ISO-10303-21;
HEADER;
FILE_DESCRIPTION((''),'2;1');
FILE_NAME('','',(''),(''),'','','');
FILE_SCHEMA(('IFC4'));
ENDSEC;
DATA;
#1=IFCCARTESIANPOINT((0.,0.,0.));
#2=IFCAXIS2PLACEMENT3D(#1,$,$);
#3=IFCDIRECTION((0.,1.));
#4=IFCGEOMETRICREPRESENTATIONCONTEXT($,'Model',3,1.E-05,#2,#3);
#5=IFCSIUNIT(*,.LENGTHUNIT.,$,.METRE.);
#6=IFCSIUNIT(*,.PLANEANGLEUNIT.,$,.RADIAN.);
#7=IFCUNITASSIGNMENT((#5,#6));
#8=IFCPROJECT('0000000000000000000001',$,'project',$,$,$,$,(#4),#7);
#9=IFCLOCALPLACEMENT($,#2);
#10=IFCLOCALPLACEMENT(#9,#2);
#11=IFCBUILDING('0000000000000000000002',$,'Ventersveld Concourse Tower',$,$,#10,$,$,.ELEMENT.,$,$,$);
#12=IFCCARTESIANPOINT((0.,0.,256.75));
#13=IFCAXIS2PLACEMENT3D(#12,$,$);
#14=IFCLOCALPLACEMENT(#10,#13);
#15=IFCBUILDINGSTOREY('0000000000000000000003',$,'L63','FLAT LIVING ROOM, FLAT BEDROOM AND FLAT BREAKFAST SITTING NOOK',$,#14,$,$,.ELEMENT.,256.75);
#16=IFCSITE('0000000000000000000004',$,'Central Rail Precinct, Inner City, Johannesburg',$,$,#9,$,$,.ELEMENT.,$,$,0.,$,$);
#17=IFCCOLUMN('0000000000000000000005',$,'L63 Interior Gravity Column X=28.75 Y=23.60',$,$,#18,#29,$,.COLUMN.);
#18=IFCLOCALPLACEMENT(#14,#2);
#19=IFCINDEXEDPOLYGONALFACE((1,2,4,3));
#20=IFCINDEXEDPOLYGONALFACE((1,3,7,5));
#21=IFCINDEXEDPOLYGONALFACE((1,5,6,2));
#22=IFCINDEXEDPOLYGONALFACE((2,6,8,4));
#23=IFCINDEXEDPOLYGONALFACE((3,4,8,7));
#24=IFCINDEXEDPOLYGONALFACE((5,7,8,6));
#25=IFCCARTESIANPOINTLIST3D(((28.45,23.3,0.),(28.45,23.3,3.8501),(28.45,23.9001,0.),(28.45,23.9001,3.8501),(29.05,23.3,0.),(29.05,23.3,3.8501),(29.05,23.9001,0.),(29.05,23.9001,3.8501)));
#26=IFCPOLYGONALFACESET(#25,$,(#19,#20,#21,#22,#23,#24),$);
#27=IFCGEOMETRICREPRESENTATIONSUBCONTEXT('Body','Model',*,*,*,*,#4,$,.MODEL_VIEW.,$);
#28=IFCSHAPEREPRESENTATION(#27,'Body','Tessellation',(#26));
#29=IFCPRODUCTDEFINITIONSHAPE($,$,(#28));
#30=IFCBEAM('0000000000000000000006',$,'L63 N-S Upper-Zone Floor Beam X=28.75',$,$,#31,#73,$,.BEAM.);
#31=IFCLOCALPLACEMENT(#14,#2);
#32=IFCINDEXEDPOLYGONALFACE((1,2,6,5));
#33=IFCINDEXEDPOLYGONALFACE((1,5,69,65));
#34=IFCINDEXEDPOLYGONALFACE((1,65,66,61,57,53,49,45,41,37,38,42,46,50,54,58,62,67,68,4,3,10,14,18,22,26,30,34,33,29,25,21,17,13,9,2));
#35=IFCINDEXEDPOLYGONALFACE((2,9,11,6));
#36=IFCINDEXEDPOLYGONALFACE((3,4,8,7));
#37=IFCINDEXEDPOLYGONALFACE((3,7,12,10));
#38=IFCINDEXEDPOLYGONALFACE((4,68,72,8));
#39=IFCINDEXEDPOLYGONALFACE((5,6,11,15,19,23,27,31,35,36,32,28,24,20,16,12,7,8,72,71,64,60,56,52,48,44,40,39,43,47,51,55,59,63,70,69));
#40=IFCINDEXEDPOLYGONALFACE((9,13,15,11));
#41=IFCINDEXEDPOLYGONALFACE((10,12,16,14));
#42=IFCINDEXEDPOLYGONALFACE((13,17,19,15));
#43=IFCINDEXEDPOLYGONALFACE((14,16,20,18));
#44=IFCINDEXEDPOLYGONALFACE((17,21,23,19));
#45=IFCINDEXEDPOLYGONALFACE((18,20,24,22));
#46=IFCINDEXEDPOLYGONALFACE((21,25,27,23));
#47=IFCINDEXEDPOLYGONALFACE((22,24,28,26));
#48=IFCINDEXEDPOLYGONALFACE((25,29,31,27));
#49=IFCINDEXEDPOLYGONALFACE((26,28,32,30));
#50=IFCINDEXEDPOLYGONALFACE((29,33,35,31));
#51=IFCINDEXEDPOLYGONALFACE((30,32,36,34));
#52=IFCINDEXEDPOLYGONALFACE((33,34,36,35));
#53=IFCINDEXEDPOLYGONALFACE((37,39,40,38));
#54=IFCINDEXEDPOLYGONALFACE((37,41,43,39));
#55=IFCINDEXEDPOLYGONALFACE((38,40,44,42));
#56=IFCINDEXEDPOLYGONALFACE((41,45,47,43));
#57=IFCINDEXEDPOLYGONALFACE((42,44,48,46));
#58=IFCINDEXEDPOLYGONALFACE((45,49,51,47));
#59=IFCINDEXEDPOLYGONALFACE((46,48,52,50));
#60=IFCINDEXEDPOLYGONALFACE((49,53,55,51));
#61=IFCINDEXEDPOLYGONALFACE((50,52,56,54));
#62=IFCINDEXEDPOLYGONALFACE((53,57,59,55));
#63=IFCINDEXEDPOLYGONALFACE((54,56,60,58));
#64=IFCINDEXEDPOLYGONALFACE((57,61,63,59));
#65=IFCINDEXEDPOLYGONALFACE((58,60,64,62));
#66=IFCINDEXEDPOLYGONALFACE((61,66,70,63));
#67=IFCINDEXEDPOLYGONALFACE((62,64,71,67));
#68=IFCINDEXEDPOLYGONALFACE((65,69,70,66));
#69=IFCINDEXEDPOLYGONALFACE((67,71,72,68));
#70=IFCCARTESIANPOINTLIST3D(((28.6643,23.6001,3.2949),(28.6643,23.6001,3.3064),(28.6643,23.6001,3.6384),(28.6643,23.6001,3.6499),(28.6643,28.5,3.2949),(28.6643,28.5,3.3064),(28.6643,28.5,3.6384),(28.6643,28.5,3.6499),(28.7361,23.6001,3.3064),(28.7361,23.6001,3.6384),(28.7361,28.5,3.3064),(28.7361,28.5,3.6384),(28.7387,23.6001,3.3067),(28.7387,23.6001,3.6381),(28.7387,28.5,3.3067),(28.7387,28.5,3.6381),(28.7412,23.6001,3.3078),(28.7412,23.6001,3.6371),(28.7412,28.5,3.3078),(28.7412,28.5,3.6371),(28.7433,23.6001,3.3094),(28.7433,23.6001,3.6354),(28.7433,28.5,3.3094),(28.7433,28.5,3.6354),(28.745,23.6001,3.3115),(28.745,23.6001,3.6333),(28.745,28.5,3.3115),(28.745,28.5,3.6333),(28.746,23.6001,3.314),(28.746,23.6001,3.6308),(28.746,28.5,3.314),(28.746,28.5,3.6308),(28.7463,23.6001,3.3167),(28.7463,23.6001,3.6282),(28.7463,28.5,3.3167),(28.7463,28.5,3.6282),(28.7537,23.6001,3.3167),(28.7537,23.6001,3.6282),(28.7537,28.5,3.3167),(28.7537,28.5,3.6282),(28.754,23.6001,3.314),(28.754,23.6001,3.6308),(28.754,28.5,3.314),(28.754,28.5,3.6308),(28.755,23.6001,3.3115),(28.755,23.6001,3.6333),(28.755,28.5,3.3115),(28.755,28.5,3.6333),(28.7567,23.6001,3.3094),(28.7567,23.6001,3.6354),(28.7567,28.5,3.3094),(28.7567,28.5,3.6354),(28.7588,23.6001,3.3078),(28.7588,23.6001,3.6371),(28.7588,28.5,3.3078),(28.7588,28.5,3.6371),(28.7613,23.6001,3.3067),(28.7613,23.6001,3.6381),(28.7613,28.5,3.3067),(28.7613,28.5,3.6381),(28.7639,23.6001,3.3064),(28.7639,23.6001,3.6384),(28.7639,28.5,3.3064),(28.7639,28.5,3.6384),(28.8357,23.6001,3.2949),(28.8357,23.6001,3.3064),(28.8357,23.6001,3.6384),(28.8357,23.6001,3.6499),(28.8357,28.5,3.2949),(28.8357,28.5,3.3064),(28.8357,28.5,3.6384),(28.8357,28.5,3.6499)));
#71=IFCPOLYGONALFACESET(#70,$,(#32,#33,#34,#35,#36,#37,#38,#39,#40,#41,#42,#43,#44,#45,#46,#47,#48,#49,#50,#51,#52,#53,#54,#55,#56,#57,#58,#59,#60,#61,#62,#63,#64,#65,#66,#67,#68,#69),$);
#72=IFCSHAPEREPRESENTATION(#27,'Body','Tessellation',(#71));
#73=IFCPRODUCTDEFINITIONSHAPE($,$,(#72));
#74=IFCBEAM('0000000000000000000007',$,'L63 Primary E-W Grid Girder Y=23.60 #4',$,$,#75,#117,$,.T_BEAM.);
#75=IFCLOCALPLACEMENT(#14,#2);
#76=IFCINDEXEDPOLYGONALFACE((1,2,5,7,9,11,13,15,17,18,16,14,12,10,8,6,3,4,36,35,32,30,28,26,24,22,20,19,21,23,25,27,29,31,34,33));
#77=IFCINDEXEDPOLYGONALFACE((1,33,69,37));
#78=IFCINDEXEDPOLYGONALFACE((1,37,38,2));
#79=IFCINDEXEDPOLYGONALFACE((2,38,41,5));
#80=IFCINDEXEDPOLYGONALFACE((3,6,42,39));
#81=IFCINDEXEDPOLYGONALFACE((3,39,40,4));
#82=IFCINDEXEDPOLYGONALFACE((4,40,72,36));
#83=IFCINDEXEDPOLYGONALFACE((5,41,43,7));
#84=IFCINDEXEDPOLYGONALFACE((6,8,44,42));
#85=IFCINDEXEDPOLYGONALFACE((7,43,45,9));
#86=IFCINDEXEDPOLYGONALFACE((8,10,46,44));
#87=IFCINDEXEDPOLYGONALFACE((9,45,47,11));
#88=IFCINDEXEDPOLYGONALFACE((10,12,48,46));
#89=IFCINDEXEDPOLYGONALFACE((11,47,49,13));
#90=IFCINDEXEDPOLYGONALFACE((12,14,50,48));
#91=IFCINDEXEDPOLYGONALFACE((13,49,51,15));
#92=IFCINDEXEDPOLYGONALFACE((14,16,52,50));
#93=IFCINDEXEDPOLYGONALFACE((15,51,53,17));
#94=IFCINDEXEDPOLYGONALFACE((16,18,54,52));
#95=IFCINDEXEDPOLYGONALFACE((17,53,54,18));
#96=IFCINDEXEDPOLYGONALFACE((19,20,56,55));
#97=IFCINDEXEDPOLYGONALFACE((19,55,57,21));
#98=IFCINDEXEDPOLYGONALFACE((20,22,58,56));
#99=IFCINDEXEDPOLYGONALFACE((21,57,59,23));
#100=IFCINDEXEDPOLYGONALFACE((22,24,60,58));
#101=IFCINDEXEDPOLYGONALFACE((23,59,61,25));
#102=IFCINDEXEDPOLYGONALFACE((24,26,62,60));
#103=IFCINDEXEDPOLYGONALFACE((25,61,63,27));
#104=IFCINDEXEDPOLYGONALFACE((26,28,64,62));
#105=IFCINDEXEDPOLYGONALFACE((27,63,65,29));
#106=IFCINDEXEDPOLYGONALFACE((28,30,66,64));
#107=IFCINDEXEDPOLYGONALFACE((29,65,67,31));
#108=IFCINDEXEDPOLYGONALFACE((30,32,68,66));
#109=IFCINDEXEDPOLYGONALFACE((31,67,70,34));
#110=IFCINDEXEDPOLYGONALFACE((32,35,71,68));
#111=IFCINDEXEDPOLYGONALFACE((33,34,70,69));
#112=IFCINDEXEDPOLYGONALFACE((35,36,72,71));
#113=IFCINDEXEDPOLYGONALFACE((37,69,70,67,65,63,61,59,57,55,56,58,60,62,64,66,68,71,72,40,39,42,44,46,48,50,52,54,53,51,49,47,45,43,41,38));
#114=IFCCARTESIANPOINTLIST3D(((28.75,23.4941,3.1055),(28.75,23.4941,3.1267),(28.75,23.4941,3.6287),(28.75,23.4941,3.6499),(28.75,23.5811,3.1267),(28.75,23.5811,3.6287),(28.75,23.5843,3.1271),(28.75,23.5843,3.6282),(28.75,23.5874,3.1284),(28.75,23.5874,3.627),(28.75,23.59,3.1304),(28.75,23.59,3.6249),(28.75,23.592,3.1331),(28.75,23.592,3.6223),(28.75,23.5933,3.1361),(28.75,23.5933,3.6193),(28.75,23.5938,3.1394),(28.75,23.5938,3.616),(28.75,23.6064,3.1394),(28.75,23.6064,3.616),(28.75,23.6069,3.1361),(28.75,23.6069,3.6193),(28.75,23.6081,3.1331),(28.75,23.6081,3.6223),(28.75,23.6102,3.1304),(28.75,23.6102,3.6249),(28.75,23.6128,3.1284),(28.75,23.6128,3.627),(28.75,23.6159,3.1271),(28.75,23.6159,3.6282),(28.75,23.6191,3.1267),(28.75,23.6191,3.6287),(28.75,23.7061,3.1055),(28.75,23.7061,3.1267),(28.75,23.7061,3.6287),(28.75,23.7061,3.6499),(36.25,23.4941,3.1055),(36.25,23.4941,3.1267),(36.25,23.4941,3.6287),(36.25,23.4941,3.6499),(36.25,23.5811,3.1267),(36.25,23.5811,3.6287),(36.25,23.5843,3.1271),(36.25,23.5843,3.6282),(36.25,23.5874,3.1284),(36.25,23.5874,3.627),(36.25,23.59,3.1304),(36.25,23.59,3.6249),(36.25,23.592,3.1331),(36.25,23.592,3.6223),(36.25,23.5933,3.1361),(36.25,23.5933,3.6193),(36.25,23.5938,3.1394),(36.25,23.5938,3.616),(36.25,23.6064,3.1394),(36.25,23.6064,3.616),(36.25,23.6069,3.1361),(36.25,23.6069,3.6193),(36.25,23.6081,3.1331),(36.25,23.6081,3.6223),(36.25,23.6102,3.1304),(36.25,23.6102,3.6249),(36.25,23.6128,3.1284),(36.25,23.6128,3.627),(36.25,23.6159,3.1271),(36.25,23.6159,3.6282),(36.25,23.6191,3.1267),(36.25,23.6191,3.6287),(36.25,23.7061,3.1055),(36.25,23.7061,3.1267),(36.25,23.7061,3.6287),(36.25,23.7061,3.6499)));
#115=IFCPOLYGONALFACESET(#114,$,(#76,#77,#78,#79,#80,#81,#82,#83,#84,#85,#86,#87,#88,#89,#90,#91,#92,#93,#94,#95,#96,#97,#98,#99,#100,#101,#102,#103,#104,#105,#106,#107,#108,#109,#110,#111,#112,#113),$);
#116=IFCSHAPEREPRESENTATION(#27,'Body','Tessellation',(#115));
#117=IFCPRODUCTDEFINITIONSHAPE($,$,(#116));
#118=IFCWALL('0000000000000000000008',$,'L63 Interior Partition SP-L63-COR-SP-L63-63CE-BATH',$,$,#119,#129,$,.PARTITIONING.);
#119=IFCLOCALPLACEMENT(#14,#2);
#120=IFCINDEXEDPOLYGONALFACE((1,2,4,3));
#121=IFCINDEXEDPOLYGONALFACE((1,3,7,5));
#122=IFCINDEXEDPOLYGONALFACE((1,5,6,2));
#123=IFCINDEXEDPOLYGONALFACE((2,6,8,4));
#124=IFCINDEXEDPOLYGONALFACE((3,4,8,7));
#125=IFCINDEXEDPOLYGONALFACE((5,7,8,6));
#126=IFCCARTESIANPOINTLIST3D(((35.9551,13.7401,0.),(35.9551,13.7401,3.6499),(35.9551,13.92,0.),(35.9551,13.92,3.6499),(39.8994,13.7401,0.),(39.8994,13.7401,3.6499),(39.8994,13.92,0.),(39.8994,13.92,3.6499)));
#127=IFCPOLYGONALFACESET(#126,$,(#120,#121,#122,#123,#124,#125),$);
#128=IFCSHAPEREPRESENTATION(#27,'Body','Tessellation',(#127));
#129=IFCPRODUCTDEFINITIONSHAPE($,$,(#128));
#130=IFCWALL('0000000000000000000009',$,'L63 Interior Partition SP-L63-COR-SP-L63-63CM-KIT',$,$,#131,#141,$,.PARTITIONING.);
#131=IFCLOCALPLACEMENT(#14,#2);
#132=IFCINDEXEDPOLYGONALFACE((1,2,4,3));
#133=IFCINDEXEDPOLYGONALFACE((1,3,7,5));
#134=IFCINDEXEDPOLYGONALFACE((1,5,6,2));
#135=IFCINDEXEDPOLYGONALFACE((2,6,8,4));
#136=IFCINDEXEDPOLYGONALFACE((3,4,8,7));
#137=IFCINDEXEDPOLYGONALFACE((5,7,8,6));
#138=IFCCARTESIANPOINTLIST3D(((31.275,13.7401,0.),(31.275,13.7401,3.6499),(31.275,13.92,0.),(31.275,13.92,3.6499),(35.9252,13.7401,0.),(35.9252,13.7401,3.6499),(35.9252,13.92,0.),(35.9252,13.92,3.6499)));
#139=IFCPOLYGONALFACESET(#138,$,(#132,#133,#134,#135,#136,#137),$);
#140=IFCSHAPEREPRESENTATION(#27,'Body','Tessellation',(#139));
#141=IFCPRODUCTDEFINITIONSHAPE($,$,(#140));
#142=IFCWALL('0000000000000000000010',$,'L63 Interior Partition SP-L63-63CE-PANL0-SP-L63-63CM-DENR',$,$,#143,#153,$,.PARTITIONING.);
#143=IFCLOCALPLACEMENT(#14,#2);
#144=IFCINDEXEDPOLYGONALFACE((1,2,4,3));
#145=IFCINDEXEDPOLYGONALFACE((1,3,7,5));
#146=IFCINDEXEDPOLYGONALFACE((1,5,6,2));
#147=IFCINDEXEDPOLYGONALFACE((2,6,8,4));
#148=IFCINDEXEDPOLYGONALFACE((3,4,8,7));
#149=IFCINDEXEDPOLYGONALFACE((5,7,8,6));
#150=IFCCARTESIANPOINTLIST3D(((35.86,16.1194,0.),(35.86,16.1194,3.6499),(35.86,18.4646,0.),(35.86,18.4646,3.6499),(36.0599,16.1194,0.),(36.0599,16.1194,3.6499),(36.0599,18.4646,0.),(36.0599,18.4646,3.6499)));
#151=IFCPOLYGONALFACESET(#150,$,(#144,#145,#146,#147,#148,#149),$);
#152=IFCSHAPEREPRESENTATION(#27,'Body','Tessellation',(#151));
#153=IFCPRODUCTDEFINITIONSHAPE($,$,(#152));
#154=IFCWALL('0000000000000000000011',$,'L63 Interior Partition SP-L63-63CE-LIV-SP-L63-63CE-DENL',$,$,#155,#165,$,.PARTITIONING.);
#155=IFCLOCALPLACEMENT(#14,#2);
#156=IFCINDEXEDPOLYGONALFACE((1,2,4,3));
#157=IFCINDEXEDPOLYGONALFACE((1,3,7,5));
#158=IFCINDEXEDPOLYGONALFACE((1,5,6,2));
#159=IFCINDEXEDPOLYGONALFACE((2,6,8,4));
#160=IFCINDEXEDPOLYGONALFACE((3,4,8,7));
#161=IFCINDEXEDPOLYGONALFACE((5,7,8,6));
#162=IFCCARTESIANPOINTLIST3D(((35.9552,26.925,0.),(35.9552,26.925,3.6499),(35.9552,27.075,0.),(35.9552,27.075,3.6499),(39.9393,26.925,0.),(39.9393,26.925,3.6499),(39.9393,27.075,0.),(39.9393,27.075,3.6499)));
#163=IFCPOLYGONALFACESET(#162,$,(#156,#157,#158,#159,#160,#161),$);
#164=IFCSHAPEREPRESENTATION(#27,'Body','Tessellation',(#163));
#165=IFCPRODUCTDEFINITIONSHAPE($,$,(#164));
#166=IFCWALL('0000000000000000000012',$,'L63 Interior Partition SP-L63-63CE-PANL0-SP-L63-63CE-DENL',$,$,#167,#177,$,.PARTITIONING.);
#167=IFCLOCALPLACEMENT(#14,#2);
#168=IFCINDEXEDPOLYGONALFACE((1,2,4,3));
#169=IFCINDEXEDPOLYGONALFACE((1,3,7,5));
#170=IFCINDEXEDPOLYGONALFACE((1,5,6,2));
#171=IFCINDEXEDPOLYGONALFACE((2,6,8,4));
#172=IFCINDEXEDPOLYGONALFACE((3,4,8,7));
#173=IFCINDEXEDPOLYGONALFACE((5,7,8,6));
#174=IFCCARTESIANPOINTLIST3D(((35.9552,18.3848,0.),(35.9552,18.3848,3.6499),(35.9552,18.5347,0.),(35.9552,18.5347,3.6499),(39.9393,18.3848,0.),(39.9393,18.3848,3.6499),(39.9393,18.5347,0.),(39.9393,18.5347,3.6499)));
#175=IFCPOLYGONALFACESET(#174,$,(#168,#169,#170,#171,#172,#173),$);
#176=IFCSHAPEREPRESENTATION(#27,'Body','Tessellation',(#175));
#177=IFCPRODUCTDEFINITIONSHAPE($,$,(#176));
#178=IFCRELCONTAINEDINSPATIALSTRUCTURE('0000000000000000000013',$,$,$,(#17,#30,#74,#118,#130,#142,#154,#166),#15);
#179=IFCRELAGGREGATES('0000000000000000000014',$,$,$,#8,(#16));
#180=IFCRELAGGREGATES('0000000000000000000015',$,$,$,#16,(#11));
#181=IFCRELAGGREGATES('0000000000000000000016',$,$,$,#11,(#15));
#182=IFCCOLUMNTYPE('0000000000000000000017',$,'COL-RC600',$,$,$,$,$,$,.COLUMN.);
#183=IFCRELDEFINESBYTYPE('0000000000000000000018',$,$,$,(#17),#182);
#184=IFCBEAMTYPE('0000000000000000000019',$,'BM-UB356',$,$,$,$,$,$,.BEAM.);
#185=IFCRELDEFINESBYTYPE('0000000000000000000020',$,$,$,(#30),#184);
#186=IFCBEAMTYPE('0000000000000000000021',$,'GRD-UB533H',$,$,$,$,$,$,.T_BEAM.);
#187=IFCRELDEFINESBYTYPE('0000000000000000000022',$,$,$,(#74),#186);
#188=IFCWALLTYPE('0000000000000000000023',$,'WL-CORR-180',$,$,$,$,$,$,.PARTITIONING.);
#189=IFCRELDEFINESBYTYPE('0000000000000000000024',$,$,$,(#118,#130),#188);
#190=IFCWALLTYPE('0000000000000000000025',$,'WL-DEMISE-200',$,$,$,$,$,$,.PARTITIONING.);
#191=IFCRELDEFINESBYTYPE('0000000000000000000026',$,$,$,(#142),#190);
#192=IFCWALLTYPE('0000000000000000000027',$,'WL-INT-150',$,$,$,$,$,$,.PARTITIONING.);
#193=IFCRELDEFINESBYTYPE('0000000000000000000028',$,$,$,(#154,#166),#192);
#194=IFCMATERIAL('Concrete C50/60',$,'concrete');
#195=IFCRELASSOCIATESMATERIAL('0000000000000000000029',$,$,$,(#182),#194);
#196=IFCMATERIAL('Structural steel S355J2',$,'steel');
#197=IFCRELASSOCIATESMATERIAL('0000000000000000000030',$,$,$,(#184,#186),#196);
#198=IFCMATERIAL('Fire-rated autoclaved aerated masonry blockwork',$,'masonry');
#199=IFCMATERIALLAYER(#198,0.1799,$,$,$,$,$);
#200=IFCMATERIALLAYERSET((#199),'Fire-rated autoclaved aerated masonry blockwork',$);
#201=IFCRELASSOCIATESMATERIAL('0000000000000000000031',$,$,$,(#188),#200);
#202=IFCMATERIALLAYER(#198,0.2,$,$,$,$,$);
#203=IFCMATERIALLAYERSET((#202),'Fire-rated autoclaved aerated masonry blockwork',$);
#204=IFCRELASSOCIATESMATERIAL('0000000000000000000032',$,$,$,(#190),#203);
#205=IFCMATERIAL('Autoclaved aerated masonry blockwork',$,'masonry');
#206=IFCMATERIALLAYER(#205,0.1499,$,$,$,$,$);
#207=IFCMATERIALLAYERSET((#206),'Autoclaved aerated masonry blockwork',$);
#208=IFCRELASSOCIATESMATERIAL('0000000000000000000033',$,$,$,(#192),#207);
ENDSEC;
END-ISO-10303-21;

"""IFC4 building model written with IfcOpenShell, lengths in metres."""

from ifc_helpers import new_model, si_unit, direction, frame, frame_2d, origin, origin_2d, place, context, subcontext, project, spatial, rectangle, i_section, extrude, material, layer, layer_set, material_profile, profile_set, type_object, element, save


model = new_model("IFC4")

# Units and contexts
model_context = context("Model", 3, precision=1e-05, world=origin(), true_north=direction((0.0, 1.0)))
body_context = subcontext(model_context, "Body", "Model", "MODEL_VIEW")
ifc_project = project(units=[si_unit("LENGTHUNIT", "METRE"), si_unit("PLANEANGLEUNIT", "RADIAN")], contexts=[model_context])

# Site, building, storey
site_placement = place(None, origin())
site = spatial("IfcSite", under=ifc_project, at=site_placement, Name="Central Rail Precinct, Inner City, Johannesburg", CompositionType="ELEMENT", RefElevation=0.0)
building_placement = place(site_placement, origin())
building = spatial("IfcBuilding", under=site, at=building_placement, Name="Ventersveld Concourse Tower", CompositionType="ELEMENT")
storey_placement = place(building_placement, frame((0.0, 0.0, 256.75)))
storey = spatial("IfcBuildingStorey", under=building, at=storey_placement, Name="L63", Description="FLAT LIVING ROOM, FLAT BEDROOM AND FLAT BREAKFAST SITTING NOOK", CompositionType="ELEMENT", Elevation=256.75)

# Column
ifc_material_1 = material(Name="Concrete C50/60", Category="concrete")
ifc_material_profile_1 = material_profile(ifc_material_1, rectangle(XDim=0.6001, YDim=0.6001, at=origin_2d()), Name="RC 600x600")
ifc_profile_set_1 = profile_set([ifc_material_profile_1], Name="Concrete C50/60")
column_type = type_object("IfcColumnType", Name="COL-RC600", PredefinedType="COLUMN", material=ifc_profile_set_1)
column_placement = place(storey_placement, frame((28.75, 23.6001, 0.0), z_axis=(0.0, 0.0, 1.0), x_axis=(1.0, 0.0, 0.0)))
element("IfcColumn", 1, at=column_placement, inside=storey, type_object=column_type, Name="L63 Interior Gravity Column X=28.75 Y=23.60", PredefinedType="COLUMN", context=body_context, shape_type="SweptSolid", body=[
    extrude(rectangle(XDim=0.6001, YDim=0.6001, at=origin_2d()), origin(), (0.0, 0.0, 1.0), 3.8501),
])

# Beams
ifc_material_2 = material(Name="Structural steel S355J2", Category="steel")
ifc_material_profile_2 = material_profile(ifc_material_2, i_section(OverallWidth=0.1714, OverallDepth=0.355, WebThickness=0.0073, FlangeThickness=0.0115, FilletRadius=0.0103, at=origin_2d()), Name="UB 356x171x51")
ifc_profile_set_2 = profile_set([ifc_material_profile_2], Name="Structural steel S355J2")
beam_type_1 = type_object("IfcBeamType", Name="BM-UB356", PredefinedType="BEAM", material=ifc_profile_set_2)
beam_1_placement = place(storey_placement, frame((28.75, 23.6001, 3.4724), z_axis=(0.0, 1.0, 0.0), x_axis=(-1.0, 0.0, 0.0)))
element("IfcBeam", 2, at=beam_1_placement, inside=storey, type_object=beam_type_1, Name="L63 N-S Upper-Zone Floor Beam X=28.75", PredefinedType="BEAM", context=body_context, shape_type="SweptSolid", body=[
    extrude(i_section(OverallWidth=0.1714, OverallDepth=0.355, WebThickness=0.0073, FlangeThickness=0.0115, FilletRadius=0.0103, at=origin_2d()), origin(), (0.0, 0.0, 1.0), 4.8999),
])
ifc_material_profile_3 = material_profile(ifc_material_2, i_section(OverallWidth=0.2119, OverallDepth=0.5444, WebThickness=0.0127, FlangeThickness=0.0212, FilletRadius=0.0127, at=origin_2d()), Name="UB 533x210x122")
ifc_profile_set_3 = profile_set([ifc_material_profile_3], Name="Structural steel S355J2")
beam_type_2 = type_object("IfcBeamType", Name="GRD-UB533H", PredefinedType="T_BEAM", material=ifc_profile_set_3)
beam_2_placement = place(storey_placement, frame((28.75, 23.6001, 3.3777), z_axis=(1.0, 0.0, 0.0), x_axis=(0.0, 1.0, 0.0)))
element("IfcBeam", 3, at=beam_2_placement, inside=storey, type_object=beam_type_2, Name="L63 Primary E-W Grid Girder Y=23.60 #4", PredefinedType="T_BEAM", context=body_context, shape_type="SweptSolid", body=[
    extrude(i_section(OverallWidth=0.2119, OverallDepth=0.5444, WebThickness=0.0127, FlangeThickness=0.0212, FilletRadius=0.0127, at=origin_2d()), origin(), (0.0, 0.0, 1.0), 7.5),
])

# Walls
ifc_material_3 = material(Name="Fire-rated autoclaved aerated masonry blockwork", Category="masonry")
ifc_layer_1 = layer(ifc_material_3, 0.1799)
ifc_layer_set_1 = layer_set([ifc_layer_1], Name="Fire-rated autoclaved aerated masonry blockwork")
wall_type_1 = type_object("IfcWallType", Name="WL-CORR-180", PredefinedType="PARTITIONING", material=ifc_layer_set_1)
wall_1_placement = place(storey_placement, frame((35.9551, 13.8301, 0.0), z_axis=(0.0, 0.0, 1.0), x_axis=(1.0, 0.0, 0.0)))
element("IfcWall", 4, at=wall_1_placement, inside=storey, type_object=wall_type_1, Name="L63 Interior Partition SP-L63-COR-SP-L63-63CE-BATH", PredefinedType="PARTITIONING", context=body_context, shape_type="SweptSolid", body=[
    extrude(rectangle(XDim=3.9443, YDim=0.1799, at=frame_2d((1.9722, 0.0))), origin(), (0.0, 0.0, 1.0), 3.6499),
])
wall_2_placement = place(storey_placement, frame((31.2749, 13.8301, 0.0), z_axis=(0.0, 0.0, 1.0), x_axis=(1.0, 0.0, 0.0)))
element("IfcWall", 5, at=wall_2_placement, inside=storey, type_object=wall_type_1, Name="L63 Interior Partition SP-L63-COR-SP-L63-63CM-KIT", PredefinedType="PARTITIONING", context=body_context, shape_type="SweptSolid", body=[
    extrude(rectangle(XDim=4.6501, YDim=0.1799, at=frame_2d((2.3252, 0.0))), origin(), (0.0, 0.0, 1.0), 3.6499),
])
ifc_layer_2 = layer(ifc_material_3, 0.2)
ifc_layer_set_2 = layer_set([ifc_layer_2], Name="Fire-rated autoclaved aerated masonry blockwork")
wall_type_2 = type_object("IfcWallType", Name="WL-DEMISE-200", PredefinedType="PARTITIONING", material=ifc_layer_set_2)
wall_3_placement = place(storey_placement, frame((35.96, 16.1194, 0.0), z_axis=(0.0, 0.0, 1.0), x_axis=(0.0, 1.0, 0.0)))
element("IfcWall", 6, at=wall_3_placement, inside=storey, type_object=wall_type_2, Name="L63 Interior Partition SP-L63-63CE-PANL0-SP-L63-63CM-DENR", PredefinedType="PARTITIONING", context=body_context, shape_type="SweptSolid", body=[
    extrude(rectangle(XDim=2.3452, YDim=0.2, at=frame_2d((1.1726, 0.0))), origin(), (0.0, 0.0, 1.0), 3.6499),
])
ifc_material_4 = material(Name="Autoclaved aerated masonry blockwork", Category="masonry")
ifc_layer_3 = layer(ifc_material_4, 0.1499)
ifc_layer_set_3 = layer_set([ifc_layer_3], Name="Autoclaved aerated masonry blockwork")
wall_type_3 = type_object("IfcWallType", Name="WL-INT-150", PredefinedType="PARTITIONING", material=ifc_layer_set_3)
for number, where, z_axis, x_axis, name in (
    (7, (35.9551, 27.0, 0.0), (0.0, 0.0, 1.0), (1.0, 0.0, 0.0), "L63 Interior Partition SP-L63-63CE-LIV-SP-L63-63CE-DENL"),
    (8, (35.9551, 18.4597, 0.0), (0.0, 0.0, 1.0), (1.0, 0.0, 0.0), "L63 Interior Partition SP-L63-63CE-PANL0-SP-L63-63CE-DENL"),
):
    element("IfcWall", number, at=place(storey_placement, frame(where, z_axis=z_axis, x_axis=x_axis)), inside=storey, type_object=wall_type_3, Name=name, PredefinedType="PARTITIONING", context=body_context, shape_type="SweptSolid", body=[
        extrude(rectangle(XDim=3.9841, YDim=0.1499, at=frame_2d((1.9922, 0.0))), origin(), (0.0, 0.0, 1.0), 3.6499),
    ])

save(model, "model.ifc")
